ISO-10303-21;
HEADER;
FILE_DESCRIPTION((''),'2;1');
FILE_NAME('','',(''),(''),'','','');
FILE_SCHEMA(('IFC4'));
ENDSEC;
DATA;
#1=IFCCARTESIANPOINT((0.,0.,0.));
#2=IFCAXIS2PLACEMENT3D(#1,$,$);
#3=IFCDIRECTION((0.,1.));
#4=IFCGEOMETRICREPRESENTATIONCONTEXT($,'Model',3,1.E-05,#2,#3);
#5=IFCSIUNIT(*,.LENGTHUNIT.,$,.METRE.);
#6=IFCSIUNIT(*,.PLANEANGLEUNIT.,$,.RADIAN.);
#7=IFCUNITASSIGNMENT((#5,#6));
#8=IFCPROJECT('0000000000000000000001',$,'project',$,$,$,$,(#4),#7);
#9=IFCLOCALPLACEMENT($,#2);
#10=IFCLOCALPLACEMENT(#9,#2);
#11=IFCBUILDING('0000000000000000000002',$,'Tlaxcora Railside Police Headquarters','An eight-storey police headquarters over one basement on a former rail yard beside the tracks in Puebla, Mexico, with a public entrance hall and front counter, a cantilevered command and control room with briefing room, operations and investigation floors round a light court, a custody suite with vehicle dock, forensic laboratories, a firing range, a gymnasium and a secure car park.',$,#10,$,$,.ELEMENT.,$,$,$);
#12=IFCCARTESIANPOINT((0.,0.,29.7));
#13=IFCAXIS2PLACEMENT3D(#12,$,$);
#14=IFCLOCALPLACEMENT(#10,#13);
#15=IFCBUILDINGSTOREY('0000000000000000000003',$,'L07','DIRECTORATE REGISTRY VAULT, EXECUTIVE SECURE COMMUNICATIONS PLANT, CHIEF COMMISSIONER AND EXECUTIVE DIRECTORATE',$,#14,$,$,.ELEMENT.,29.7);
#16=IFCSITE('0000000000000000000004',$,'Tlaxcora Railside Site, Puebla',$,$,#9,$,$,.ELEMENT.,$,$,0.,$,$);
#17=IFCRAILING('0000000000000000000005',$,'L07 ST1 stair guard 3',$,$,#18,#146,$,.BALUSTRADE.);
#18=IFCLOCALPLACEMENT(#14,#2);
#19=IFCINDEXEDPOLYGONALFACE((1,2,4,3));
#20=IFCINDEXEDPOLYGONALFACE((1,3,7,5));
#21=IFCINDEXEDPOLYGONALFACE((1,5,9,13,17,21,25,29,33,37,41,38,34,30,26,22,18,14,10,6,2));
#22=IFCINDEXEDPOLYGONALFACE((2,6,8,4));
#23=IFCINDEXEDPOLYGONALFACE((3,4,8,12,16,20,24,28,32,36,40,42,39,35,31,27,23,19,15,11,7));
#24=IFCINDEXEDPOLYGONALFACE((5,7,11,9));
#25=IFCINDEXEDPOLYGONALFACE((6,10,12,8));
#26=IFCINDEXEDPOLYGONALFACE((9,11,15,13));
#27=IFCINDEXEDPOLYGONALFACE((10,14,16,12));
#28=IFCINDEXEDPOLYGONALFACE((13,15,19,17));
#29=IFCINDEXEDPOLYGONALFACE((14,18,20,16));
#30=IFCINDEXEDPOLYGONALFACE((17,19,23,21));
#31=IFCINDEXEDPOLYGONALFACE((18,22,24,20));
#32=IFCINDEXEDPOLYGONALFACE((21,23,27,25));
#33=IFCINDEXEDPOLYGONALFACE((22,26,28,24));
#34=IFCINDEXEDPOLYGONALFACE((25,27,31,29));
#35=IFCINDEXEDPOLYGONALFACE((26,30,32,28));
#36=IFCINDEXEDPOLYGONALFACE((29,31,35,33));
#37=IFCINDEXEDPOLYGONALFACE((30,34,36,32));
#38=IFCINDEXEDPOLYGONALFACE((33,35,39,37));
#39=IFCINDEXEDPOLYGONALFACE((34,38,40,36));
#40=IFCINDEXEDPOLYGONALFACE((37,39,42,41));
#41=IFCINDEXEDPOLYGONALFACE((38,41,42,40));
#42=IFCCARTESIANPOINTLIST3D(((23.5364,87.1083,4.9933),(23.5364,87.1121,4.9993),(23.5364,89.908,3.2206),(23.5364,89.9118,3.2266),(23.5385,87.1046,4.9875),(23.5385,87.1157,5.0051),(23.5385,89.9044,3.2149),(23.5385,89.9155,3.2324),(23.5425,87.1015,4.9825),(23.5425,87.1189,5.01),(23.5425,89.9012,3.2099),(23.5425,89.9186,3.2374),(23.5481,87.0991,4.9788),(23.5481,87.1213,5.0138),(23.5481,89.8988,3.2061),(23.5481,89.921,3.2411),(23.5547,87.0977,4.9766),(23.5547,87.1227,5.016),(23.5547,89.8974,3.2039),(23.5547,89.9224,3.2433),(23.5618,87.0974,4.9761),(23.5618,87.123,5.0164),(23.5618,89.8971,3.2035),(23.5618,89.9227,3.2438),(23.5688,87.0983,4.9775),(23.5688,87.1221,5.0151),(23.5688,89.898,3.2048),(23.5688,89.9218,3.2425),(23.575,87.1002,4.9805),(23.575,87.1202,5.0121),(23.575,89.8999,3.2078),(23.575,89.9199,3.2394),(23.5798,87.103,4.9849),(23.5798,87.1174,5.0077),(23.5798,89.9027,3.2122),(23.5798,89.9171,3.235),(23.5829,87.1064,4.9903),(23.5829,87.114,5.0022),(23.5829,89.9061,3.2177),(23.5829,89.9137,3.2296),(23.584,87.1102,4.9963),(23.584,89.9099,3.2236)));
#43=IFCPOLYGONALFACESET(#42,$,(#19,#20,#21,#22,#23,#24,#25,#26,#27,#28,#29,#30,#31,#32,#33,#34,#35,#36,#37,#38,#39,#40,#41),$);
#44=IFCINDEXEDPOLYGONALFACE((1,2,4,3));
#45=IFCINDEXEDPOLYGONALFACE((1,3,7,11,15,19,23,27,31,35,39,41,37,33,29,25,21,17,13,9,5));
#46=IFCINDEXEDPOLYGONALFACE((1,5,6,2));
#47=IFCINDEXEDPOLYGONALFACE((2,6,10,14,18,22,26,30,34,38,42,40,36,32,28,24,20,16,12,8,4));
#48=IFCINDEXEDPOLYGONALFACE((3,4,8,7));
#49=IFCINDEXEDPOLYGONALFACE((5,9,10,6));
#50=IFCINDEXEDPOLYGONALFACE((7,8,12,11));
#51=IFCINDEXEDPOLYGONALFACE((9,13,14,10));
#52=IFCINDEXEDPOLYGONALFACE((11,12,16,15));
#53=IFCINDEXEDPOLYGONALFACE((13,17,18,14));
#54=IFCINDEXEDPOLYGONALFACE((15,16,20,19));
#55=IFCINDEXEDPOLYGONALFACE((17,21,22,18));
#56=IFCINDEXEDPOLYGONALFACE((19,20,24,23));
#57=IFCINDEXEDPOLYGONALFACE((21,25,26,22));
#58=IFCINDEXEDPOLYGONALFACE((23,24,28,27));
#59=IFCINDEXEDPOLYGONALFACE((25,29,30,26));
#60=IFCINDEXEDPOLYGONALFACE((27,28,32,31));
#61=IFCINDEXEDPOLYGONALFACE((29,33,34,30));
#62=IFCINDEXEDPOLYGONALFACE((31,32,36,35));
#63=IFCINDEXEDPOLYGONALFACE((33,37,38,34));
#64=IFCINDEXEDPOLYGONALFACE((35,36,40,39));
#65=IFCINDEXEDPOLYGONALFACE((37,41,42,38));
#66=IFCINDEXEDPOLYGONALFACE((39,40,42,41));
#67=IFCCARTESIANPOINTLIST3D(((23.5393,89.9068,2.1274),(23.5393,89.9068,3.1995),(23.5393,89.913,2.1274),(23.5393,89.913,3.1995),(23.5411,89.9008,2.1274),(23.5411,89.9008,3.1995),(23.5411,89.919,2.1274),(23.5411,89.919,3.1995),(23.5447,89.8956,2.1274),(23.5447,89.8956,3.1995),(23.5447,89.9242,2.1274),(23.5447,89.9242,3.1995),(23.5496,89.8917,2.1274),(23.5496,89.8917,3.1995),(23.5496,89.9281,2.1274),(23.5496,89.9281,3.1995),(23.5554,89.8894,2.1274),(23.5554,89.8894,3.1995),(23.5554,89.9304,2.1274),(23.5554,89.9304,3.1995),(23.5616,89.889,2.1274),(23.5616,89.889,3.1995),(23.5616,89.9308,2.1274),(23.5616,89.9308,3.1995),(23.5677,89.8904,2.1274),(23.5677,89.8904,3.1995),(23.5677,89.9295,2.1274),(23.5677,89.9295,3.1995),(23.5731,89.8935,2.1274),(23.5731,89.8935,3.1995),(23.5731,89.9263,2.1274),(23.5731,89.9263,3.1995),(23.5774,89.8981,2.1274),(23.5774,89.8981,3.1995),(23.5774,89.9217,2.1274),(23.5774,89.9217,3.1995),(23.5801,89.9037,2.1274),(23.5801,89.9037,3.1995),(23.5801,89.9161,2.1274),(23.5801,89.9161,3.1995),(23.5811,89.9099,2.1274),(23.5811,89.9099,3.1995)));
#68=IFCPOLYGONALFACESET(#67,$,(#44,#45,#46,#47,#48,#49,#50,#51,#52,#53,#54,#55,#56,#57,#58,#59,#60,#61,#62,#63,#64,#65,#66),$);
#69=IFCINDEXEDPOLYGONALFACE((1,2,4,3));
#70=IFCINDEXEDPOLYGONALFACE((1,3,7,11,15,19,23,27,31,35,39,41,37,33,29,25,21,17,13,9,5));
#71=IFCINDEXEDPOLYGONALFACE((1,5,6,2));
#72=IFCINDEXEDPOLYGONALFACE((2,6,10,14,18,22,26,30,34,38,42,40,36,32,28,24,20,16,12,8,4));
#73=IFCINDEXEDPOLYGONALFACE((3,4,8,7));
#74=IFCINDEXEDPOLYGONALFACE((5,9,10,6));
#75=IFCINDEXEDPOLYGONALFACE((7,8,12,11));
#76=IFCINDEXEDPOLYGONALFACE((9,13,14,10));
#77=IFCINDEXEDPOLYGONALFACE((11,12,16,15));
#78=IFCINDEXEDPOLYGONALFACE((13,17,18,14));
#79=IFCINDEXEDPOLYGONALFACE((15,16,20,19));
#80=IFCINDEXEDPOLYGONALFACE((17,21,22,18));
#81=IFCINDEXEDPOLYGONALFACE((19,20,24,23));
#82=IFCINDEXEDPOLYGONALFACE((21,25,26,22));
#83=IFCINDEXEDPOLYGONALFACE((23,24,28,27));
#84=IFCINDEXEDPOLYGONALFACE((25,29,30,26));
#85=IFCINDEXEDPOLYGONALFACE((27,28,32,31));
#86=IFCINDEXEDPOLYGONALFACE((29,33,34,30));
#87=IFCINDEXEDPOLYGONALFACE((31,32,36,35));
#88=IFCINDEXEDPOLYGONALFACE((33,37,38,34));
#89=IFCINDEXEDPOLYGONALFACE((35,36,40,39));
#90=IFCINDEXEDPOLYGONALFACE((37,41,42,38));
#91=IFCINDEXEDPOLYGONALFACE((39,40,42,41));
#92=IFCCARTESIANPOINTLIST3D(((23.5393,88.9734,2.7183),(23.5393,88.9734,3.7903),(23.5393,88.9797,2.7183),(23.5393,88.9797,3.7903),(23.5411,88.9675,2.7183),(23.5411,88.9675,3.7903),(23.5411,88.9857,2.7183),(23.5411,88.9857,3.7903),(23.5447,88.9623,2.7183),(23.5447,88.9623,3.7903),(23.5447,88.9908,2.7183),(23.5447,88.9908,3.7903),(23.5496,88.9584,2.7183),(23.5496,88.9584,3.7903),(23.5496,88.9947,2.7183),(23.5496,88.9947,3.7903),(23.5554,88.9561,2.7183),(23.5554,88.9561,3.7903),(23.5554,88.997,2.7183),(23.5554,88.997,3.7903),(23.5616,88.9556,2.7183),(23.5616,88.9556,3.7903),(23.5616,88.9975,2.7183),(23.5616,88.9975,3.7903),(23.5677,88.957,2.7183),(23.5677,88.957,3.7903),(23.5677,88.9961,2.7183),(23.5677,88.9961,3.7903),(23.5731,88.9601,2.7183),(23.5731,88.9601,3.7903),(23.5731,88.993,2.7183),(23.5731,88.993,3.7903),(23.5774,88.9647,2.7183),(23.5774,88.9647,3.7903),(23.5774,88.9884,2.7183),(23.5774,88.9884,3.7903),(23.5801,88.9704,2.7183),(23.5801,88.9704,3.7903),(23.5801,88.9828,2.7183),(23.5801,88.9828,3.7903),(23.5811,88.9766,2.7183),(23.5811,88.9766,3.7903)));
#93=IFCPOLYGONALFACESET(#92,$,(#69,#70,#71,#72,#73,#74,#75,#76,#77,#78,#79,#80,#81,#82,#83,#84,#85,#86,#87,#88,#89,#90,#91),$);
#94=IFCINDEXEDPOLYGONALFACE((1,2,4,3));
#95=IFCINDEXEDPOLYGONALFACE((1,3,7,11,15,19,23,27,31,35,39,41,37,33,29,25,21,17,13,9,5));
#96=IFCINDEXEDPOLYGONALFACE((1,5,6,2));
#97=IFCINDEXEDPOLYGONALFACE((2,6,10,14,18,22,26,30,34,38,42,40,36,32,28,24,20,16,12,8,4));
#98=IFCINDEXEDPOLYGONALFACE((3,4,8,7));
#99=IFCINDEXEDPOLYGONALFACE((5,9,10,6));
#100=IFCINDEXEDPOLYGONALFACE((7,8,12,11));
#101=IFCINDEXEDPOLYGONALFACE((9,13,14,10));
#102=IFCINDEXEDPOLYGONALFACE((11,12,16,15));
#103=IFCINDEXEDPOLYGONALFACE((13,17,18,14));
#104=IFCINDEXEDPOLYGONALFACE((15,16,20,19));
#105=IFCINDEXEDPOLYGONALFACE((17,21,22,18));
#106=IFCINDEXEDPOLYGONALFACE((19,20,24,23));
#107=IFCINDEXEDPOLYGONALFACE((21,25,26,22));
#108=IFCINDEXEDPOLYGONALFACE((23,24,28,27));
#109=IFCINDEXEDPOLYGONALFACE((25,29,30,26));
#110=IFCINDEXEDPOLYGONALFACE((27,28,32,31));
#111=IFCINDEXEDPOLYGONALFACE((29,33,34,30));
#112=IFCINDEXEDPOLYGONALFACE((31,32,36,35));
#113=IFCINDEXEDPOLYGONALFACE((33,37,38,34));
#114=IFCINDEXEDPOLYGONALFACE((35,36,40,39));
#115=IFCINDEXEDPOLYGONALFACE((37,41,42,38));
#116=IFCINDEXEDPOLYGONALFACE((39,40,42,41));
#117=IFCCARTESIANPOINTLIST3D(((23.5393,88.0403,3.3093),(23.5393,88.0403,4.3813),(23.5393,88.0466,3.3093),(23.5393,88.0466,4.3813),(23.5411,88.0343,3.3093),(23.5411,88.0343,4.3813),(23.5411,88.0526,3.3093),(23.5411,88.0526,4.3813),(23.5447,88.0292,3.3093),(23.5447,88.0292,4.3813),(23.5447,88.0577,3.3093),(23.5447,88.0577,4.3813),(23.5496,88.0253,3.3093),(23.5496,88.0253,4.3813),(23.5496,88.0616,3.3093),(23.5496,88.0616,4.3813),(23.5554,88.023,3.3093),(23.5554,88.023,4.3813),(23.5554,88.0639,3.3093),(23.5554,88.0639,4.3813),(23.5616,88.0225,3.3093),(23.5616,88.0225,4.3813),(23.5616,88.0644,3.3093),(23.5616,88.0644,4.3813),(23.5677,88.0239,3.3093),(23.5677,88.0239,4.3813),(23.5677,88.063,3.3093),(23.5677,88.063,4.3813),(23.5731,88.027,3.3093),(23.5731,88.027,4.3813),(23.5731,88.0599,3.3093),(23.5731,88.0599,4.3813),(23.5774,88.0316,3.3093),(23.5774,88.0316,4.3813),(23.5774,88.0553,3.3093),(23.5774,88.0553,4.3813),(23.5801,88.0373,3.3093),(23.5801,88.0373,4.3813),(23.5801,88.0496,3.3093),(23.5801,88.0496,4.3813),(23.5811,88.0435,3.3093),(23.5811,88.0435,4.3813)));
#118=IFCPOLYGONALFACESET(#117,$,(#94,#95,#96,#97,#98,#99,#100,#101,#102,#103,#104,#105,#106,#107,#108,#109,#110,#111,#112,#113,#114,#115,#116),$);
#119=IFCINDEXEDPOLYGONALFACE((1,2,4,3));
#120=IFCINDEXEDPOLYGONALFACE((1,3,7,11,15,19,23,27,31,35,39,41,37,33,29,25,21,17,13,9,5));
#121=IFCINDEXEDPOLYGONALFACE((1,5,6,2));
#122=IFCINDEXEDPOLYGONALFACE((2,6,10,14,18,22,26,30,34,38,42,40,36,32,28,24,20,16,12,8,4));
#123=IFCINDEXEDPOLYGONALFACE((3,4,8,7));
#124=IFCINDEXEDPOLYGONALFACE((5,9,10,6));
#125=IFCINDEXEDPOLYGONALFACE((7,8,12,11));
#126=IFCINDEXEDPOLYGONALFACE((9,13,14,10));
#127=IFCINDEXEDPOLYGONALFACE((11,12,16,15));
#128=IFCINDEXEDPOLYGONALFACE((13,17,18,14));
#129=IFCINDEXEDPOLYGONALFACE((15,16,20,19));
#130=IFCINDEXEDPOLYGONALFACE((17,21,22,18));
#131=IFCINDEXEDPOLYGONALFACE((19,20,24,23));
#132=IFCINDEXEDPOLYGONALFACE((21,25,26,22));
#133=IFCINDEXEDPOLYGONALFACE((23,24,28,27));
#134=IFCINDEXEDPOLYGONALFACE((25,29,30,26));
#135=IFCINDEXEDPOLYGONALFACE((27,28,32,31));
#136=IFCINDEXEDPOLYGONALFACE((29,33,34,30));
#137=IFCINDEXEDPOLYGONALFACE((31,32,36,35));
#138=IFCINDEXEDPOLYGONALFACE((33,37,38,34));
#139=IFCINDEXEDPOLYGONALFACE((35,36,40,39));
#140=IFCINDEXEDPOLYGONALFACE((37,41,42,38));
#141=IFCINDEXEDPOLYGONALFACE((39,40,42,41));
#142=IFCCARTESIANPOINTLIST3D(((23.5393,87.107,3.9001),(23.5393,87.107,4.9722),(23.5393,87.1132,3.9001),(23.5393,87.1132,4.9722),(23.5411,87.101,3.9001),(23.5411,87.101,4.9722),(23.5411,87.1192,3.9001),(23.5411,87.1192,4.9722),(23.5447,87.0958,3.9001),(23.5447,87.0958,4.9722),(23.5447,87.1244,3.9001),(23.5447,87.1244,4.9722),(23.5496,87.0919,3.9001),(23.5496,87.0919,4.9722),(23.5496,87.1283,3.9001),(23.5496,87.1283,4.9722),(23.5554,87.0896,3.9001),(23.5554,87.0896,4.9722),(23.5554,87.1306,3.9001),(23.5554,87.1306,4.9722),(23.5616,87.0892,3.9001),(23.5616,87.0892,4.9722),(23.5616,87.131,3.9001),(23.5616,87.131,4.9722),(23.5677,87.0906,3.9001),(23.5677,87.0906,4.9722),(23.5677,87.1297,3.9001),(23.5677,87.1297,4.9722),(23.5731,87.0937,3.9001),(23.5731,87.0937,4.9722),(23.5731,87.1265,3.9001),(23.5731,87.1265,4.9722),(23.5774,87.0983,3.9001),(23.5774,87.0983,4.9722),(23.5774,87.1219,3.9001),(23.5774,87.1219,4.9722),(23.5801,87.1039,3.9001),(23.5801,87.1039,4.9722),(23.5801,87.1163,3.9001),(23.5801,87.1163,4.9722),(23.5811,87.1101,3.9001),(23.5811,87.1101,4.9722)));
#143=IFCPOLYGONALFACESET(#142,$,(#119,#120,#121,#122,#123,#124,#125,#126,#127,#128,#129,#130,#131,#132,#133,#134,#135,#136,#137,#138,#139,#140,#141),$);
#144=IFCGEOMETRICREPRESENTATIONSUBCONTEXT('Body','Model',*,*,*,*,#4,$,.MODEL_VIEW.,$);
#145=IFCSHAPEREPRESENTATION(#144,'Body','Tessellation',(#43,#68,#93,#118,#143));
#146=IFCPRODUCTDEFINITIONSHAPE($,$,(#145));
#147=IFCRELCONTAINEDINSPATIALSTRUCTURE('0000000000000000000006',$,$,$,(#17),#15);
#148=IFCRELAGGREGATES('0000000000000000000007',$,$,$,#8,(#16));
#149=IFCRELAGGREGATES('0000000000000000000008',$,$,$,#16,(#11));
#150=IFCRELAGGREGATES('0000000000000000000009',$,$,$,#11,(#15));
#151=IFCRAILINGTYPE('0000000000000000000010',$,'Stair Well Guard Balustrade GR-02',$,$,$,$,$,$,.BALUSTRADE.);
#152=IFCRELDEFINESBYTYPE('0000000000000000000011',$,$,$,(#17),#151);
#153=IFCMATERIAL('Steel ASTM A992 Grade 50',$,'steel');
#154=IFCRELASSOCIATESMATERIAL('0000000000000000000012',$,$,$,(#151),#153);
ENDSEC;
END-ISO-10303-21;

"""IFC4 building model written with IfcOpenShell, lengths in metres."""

from ifc_helpers import new_model, si_unit, direction, frame, origin, origin_2d, place, context, subcontext, project, spatial, circle, extrude, material, type_object, element, save


model = new_model("IFC4")

# Units and contexts
model_context = context("Model", 3, precision=1e-05, world=origin(), true_north=direction((0.0, 1.0)))
body_context = subcontext(model_context, "Body", "Model", "MODEL_VIEW")
ifc_project = project(units=[si_unit("LENGTHUNIT", "METRE"), si_unit("PLANEANGLEUNIT", "RADIAN")], contexts=[model_context])

# Site, building, storey
site_placement = place(None, origin())
site = spatial("IfcSite", under=ifc_project, at=site_placement, Name="Tlaxcora Railside Site, Puebla", CompositionType="ELEMENT", RefElevation=0.0)
building_placement = place(site_placement, origin())
building = spatial("IfcBuilding", under=site, at=building_placement, Name="Tlaxcora Railside Police Headquarters", Description="An eight-storey police headquarters over one basement on a former rail yard beside the tracks in Puebla, Mexico, with a public entrance hall and front counter, a cantilevered command and control room with briefing room, operations and investigation floors round a light court, a custody suite with vehicle dock, forensic laboratories, a firing range, a gymnasium and a secure car park.", CompositionType="ELEMENT")
storey_placement = place(building_placement, frame((0.0, 0.0, 29.7)))
storey = spatial("IfcBuildingStorey", under=building, at=storey_placement, Name="L07", Description="DIRECTORATE REGISTRY VAULT, EXECUTIVE SECURE COMMUNICATIONS PLANT, CHIEF COMMISSIONER AND EXECUTIVE DIRECTORATE", CompositionType="ELEMENT", Elevation=29.7)

# Shared definitions
ifc_material_1 = material(Name="Steel ASTM A992 Grade 50", Category="steel")

# Railing
railing_type_1 = type_object("IfcRailingType", Name="Stair Well Guard Balustrade GR-02", PredefinedType="BALUSTRADE", material=ifc_material_1)
railing_1_placement = place(storey_placement, frame((23.5601, 89.9099, 2.1274)))
element("IfcRailing", 1, at=railing_1_placement, inside=storey, type_object=railing_type_1, Name="L07 ST1 stair guard 3", PredefinedType="BALUSTRADE", context=body_context, shape_type="SweptSolid", body=[
    extrude(circle(Radius=0.0239, at=origin_2d()), frame((0.0, 0.0, 1.0962), z_axis=(0.0, -0.844888, 0.534943), x_axis=(1.0, 0.0, 0.0)), (0.0, 0.0, 1.0), 3.3137),
    extrude(circle(Radius=0.021, at=origin_2d()), origin(), (0.0, 0.0, 1.0), 1.072),
    extrude(circle(Radius=0.021, at=origin_2d()), frame((0.0, -0.9333, 0.5908)), (0.0, 0.0, 1.0), 1.072),
    extrude(circle(Radius=0.021, at=origin_2d()), frame((0.0, -1.8665, 1.1819)), (0.0, 0.0, 1.0), 1.072),
    extrude(circle(Radius=0.021, at=origin_2d()), frame((0.0, -2.7998, 1.7727)), (0.0, 0.0, 1.0), 1.072),
])

save(model, "model.ifc")
